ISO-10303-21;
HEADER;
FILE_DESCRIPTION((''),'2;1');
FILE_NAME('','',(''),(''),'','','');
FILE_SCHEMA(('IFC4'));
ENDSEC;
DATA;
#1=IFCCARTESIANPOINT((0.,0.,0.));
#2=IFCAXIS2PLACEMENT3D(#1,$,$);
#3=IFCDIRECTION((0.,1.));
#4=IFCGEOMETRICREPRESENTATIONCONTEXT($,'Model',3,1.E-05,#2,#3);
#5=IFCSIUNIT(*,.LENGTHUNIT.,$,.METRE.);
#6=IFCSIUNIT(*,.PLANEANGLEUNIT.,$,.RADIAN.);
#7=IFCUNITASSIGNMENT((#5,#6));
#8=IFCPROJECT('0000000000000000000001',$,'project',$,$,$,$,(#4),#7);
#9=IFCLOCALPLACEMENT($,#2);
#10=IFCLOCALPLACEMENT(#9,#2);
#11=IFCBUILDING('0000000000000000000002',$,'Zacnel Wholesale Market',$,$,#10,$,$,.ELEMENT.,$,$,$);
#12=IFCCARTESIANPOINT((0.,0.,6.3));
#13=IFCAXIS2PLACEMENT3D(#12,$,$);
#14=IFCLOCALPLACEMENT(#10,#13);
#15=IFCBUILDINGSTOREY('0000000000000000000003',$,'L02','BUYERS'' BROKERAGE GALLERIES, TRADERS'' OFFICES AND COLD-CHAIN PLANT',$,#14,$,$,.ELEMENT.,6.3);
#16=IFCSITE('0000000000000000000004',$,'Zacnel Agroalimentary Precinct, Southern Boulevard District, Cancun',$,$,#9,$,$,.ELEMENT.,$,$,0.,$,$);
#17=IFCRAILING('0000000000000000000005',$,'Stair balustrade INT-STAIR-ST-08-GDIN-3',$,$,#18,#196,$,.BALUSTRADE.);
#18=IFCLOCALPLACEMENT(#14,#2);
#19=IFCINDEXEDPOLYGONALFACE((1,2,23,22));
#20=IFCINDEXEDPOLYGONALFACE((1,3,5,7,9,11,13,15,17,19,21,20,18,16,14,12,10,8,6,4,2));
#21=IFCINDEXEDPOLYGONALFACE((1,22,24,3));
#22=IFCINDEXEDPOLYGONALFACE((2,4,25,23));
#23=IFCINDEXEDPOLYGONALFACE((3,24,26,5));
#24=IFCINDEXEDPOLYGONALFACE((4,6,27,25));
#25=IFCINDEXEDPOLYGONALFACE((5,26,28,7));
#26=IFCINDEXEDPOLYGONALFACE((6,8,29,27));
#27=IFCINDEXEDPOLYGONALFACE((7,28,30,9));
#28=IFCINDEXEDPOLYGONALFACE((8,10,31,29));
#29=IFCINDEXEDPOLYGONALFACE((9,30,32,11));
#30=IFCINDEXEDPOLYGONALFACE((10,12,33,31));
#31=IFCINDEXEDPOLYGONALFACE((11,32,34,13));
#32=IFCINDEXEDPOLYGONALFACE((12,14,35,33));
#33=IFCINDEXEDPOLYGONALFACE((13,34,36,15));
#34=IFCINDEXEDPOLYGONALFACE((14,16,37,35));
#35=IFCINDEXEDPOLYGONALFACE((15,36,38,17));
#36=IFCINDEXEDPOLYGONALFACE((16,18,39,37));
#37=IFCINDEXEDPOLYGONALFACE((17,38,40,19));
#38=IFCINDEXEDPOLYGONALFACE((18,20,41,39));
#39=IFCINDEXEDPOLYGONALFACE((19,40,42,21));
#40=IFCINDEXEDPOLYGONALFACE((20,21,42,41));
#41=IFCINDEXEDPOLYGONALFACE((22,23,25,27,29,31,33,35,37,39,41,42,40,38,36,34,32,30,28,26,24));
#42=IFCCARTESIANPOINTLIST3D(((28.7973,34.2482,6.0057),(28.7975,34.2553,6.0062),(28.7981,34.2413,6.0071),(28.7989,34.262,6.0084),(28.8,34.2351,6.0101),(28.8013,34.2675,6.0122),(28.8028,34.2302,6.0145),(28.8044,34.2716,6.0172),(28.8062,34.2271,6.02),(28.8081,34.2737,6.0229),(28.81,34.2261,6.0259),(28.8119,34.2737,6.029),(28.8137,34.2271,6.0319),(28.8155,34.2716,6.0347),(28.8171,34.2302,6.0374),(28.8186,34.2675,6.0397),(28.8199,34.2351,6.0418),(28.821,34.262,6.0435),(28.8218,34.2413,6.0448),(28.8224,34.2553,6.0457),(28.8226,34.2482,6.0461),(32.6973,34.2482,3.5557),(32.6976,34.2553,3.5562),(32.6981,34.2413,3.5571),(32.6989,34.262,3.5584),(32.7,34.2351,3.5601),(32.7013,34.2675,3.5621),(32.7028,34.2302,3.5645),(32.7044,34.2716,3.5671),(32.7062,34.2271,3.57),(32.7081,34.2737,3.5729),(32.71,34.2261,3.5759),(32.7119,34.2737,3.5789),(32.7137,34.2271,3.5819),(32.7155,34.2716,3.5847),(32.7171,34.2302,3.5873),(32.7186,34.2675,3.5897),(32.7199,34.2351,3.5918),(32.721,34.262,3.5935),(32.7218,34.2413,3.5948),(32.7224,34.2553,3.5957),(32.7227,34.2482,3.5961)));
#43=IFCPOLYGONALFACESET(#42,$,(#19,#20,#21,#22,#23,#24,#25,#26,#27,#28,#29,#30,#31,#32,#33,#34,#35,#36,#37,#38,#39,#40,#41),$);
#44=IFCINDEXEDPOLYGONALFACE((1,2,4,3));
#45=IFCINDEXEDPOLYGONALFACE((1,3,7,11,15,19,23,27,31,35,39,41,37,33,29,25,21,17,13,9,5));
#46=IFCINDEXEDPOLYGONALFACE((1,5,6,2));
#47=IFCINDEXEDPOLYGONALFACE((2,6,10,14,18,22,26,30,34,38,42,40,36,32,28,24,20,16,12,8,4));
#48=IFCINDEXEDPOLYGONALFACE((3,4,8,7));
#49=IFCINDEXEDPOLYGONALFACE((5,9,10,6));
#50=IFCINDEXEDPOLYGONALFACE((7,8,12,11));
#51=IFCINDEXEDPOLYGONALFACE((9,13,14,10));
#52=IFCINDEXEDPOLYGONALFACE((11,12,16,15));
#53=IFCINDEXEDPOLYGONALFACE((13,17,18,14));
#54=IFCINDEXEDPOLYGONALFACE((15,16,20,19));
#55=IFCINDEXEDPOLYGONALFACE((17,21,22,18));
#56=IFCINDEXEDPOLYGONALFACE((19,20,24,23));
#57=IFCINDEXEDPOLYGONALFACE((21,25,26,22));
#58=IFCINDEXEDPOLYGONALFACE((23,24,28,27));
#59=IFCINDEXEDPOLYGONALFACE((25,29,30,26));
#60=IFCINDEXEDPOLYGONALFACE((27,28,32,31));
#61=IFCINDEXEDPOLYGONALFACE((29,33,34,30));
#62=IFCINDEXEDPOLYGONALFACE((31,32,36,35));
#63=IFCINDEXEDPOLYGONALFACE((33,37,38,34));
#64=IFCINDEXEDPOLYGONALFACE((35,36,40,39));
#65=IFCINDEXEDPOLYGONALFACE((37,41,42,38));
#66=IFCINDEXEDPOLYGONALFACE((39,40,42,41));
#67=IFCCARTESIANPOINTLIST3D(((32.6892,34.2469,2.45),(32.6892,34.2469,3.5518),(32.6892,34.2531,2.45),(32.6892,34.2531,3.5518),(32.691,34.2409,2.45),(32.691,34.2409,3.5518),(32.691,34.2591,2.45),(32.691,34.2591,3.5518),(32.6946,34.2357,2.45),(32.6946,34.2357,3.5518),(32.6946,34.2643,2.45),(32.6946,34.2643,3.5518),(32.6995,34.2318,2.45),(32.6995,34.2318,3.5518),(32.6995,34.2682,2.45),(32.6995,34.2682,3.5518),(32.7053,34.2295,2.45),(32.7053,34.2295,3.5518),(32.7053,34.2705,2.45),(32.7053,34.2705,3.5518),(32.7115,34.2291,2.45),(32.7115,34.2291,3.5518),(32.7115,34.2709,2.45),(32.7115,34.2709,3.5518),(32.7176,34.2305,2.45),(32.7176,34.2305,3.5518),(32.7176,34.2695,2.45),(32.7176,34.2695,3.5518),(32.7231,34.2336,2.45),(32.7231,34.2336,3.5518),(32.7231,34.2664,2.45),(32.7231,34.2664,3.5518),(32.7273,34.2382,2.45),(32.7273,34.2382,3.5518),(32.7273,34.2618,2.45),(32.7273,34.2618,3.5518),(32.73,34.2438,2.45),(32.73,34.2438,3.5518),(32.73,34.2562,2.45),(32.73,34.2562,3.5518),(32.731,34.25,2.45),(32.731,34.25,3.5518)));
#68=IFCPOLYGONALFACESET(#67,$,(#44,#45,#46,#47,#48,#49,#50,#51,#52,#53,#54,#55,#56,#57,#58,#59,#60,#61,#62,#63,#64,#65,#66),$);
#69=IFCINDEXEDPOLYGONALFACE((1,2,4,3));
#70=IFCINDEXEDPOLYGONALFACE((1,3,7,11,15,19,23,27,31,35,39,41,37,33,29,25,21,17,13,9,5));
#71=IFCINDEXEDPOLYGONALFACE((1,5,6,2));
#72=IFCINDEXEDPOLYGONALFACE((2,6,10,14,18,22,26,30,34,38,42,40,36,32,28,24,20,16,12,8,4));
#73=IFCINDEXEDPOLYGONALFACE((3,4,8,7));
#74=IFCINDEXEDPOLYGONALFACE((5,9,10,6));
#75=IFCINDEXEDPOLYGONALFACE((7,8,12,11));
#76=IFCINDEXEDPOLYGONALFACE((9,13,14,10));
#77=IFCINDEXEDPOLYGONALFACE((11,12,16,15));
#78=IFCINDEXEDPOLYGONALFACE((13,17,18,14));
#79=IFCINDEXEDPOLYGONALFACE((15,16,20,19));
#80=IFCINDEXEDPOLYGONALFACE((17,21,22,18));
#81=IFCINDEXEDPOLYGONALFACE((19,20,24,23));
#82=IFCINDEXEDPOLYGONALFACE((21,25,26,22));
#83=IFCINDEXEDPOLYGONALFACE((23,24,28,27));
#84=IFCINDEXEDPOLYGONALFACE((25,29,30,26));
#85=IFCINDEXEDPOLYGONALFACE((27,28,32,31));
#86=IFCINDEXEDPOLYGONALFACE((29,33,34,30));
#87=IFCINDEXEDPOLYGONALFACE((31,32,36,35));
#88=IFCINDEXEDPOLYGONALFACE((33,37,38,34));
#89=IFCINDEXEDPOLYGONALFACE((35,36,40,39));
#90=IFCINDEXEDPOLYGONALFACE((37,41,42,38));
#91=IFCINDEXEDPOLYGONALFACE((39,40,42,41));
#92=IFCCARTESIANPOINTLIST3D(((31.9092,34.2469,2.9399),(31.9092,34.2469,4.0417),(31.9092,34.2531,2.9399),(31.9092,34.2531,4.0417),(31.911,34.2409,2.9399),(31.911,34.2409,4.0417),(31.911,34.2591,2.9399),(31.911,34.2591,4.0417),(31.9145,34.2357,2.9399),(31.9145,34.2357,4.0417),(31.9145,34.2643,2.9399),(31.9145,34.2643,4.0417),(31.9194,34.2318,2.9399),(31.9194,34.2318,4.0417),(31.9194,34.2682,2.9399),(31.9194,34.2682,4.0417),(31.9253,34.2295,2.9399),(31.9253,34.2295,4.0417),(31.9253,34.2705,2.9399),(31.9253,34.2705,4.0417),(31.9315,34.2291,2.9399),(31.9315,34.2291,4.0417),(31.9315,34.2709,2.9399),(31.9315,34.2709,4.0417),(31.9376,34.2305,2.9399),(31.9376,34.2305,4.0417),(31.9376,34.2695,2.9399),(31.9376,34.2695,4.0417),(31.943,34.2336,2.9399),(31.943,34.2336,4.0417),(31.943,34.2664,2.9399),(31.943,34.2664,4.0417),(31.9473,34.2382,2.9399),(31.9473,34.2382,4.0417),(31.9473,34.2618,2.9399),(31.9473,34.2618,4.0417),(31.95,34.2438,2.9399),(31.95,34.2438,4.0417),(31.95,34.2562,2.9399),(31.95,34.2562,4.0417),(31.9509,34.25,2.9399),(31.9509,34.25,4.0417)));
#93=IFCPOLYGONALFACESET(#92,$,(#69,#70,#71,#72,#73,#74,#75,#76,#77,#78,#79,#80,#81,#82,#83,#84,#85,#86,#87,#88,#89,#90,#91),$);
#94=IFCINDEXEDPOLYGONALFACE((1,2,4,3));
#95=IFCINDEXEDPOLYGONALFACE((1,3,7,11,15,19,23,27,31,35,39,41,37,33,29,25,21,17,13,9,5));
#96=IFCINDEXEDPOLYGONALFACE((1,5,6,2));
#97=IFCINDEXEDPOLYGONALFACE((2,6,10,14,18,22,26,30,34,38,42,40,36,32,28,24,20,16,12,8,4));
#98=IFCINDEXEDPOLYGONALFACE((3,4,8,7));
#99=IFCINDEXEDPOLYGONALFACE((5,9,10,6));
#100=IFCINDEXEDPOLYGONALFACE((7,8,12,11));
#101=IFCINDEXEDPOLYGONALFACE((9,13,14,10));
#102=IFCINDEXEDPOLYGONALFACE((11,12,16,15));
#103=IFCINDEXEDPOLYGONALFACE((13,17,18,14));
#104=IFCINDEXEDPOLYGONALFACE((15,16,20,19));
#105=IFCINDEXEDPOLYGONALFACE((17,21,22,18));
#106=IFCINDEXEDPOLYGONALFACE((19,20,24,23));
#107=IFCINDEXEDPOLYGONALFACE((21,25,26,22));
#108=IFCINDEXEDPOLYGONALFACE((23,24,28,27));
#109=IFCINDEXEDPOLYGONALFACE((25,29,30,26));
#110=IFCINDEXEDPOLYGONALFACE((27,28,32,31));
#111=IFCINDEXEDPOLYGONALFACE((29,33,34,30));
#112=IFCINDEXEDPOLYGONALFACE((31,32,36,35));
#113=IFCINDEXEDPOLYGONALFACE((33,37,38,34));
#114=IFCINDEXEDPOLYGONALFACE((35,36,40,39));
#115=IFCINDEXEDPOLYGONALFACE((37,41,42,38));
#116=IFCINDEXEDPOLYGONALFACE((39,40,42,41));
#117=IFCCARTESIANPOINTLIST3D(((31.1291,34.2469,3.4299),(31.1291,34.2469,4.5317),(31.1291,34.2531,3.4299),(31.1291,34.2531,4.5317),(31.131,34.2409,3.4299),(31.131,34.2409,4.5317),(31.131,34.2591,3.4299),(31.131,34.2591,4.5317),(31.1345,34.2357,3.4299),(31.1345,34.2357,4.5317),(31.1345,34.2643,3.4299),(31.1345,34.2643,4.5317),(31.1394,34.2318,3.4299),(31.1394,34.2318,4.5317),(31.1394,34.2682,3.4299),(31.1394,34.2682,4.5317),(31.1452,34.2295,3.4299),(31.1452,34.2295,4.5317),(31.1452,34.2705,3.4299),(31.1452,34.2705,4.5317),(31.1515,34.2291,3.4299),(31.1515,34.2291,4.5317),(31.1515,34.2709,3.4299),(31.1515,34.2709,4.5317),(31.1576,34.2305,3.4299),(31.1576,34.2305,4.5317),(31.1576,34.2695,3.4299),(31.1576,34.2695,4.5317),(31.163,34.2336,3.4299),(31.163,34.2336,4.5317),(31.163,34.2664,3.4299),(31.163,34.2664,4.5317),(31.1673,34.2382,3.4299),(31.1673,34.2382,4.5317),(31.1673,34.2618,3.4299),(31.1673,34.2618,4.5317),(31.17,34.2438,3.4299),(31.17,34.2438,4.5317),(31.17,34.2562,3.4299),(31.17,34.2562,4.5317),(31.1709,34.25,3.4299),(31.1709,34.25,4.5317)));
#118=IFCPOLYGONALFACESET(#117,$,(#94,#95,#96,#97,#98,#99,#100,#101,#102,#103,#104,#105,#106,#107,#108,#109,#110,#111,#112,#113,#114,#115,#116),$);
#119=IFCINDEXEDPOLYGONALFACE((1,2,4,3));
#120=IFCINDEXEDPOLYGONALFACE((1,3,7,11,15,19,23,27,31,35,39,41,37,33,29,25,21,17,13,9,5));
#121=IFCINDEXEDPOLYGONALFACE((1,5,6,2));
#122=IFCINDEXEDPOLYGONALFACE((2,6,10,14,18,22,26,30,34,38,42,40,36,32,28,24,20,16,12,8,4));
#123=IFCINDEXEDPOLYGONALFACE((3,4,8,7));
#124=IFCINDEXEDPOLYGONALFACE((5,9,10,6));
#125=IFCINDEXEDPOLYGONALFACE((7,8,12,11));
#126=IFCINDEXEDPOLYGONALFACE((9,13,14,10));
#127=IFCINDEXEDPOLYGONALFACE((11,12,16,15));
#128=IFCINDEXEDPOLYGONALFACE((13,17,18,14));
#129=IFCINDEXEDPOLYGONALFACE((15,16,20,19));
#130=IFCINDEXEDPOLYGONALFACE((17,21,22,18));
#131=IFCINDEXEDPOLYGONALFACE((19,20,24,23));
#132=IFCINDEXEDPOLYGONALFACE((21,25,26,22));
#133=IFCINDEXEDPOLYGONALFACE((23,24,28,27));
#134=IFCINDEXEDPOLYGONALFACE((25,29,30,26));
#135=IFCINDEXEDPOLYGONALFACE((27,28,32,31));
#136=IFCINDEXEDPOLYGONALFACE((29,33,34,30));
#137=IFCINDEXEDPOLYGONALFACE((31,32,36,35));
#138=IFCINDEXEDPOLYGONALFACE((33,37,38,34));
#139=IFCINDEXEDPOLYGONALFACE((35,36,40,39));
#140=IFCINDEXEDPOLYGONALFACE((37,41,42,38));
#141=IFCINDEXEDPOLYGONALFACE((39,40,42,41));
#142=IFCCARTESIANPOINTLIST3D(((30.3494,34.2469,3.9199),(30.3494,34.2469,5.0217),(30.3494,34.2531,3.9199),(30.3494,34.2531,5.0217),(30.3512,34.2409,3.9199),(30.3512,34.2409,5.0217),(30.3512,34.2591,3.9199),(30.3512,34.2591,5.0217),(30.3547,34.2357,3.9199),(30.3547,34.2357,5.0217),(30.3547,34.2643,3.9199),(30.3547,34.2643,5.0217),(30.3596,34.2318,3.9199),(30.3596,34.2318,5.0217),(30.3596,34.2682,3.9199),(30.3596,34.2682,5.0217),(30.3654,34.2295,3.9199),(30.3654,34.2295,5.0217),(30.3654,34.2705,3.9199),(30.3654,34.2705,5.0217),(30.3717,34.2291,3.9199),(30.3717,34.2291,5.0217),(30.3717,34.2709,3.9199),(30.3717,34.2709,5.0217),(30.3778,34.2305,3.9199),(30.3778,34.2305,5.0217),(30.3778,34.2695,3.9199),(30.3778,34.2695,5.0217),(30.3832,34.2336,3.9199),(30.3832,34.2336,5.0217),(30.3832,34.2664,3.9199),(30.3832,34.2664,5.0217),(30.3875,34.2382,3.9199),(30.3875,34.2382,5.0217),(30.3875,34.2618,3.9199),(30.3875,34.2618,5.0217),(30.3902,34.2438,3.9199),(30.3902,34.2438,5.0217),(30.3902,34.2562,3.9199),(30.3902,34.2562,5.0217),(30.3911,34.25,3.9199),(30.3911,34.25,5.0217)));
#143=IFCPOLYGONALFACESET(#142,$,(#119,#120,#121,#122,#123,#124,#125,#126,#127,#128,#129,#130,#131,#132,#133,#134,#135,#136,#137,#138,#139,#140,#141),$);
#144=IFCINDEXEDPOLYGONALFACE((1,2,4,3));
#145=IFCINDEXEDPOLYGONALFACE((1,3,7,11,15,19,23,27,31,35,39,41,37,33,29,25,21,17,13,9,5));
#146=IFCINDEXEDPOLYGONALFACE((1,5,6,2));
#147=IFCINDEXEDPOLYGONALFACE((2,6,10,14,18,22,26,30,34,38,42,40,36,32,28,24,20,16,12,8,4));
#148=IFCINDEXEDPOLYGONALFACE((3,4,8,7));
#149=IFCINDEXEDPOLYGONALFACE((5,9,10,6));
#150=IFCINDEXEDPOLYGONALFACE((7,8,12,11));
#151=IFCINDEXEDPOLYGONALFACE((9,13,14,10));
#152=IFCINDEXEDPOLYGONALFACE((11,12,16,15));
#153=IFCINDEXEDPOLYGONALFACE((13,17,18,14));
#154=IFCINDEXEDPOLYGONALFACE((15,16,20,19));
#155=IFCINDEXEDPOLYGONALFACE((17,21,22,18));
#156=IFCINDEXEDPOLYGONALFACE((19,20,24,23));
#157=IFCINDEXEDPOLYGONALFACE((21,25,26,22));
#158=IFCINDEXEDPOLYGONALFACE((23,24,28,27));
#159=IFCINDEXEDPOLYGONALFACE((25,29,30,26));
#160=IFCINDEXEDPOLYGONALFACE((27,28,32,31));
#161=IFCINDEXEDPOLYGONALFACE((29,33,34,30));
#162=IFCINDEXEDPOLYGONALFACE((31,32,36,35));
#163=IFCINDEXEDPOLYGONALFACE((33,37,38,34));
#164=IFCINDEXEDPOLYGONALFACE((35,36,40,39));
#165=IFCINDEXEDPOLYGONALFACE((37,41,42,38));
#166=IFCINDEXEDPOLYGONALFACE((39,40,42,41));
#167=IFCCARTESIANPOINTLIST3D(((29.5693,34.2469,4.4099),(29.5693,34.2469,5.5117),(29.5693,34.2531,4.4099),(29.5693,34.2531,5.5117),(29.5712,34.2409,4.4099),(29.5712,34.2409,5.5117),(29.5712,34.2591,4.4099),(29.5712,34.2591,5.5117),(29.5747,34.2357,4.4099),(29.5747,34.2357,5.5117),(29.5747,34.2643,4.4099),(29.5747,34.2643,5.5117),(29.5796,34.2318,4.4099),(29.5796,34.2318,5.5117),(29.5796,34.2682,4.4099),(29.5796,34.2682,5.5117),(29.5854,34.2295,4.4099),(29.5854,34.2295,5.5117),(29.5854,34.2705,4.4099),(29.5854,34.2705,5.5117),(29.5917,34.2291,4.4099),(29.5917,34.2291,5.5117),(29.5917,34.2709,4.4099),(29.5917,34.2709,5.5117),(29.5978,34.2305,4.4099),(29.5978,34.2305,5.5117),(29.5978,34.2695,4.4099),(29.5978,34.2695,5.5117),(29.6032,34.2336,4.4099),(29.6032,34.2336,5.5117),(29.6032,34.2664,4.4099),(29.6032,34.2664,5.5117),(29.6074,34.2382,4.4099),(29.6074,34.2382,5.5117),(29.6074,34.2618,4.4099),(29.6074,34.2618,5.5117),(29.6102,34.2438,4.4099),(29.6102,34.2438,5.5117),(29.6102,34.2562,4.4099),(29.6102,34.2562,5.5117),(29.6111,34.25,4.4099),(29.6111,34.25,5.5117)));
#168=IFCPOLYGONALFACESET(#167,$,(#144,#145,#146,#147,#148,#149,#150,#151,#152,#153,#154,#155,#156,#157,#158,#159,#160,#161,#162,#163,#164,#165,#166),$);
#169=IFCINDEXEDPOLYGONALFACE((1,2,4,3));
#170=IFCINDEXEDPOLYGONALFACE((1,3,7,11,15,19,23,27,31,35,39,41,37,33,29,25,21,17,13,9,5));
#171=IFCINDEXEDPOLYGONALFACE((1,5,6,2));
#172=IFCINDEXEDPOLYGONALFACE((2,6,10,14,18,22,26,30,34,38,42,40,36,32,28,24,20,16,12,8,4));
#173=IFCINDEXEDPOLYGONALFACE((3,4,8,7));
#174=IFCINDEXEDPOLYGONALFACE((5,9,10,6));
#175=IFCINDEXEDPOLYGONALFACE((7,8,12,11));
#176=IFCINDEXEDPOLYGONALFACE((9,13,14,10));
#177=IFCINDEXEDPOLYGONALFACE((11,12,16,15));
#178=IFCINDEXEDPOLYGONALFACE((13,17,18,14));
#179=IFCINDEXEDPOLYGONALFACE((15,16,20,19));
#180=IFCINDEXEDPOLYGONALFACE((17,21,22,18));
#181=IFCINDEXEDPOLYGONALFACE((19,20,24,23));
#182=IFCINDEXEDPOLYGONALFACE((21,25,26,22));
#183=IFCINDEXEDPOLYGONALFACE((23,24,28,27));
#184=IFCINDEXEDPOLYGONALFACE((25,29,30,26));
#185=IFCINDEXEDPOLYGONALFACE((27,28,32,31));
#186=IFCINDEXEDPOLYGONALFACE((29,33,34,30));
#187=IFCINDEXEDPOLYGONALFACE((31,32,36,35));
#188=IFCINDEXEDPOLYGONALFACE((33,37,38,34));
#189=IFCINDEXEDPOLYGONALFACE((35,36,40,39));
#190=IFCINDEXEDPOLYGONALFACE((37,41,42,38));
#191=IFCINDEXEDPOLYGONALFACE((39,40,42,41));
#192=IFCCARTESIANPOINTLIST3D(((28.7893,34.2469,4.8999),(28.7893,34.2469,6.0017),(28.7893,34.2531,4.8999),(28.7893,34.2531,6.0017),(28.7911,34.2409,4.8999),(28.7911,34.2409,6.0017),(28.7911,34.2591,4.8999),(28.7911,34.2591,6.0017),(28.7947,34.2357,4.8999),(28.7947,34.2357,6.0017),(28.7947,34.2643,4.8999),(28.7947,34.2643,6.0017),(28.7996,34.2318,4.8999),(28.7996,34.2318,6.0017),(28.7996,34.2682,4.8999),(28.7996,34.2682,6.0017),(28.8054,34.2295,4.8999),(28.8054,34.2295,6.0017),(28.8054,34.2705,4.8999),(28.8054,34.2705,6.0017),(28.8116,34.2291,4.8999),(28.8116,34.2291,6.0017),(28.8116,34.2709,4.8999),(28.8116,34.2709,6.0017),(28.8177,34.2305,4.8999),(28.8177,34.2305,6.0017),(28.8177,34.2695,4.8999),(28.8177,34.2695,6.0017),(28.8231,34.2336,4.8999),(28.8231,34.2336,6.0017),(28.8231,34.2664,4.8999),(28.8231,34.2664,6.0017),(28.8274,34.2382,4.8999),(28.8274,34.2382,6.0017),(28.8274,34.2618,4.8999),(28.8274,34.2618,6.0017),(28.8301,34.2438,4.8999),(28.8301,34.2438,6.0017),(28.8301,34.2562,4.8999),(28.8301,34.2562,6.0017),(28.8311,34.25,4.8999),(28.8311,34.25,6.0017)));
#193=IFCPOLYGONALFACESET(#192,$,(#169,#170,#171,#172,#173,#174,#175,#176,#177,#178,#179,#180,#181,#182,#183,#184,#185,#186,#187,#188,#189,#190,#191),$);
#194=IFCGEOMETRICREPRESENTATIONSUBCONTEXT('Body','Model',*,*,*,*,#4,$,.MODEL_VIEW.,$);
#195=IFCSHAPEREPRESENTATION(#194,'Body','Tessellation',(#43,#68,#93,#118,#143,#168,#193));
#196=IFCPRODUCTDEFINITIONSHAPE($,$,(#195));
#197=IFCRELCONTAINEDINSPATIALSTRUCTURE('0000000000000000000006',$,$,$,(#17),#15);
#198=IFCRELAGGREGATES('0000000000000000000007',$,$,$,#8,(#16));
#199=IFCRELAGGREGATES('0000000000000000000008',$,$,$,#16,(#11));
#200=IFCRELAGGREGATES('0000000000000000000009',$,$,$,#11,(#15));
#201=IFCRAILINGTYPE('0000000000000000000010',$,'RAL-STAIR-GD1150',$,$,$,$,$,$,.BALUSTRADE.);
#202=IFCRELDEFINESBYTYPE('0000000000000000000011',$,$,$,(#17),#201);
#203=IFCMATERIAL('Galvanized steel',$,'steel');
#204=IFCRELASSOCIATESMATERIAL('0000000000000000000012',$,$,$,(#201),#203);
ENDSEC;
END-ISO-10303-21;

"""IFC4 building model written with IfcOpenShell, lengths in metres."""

from ifc_helpers import new_model, si_unit, direction, frame, origin, origin_2d, place, context, subcontext, project, spatial, circle, extrude, material, type_object, element, save


model = new_model("IFC4")

# Units and contexts
model_context = context("Model", 3, precision=1e-05, world=origin(), true_north=direction((0.0, 1.0)))
body_context = subcontext(model_context, "Body", "Model", "MODEL_VIEW")
ifc_project = project(units=[si_unit("LENGTHUNIT", "METRE"), si_unit("PLANEANGLEUNIT", "RADIAN")], contexts=[model_context])

# Site, building, storey
site_placement = place(None, origin())
site = spatial("IfcSite", under=ifc_project, at=site_placement, Name="Zacnel Agroalimentary Precinct, Southern Boulevard District, Cancun", CompositionType="ELEMENT", RefElevation=0.0)
building_placement = place(site_placement, origin())
building = spatial("IfcBuilding", under=site, at=building_placement, Name="Zacnel Wholesale Market", CompositionType="ELEMENT")
storey_placement = place(building_placement, frame((0.0, 0.0, 6.3)))
storey = spatial("IfcBuildingStorey", under=building, at=storey_placement, Name="L02", Description="BUYERS' BROKERAGE GALLERIES, TRADERS' OFFICES AND COLD-CHAIN PLANT", CompositionType="ELEMENT", Elevation=6.3)

# Railing
ifc_material_1 = material(Name="Galvanized steel", Category="steel")
railing_type = type_object("IfcRailingType", Name="RAL-STAIR-GD1150", PredefinedType="BALUSTRADE", material=ifc_material_1)
railing_1_placement = place(storey_placement, frame((32.71, 34.25, 2.45)))
element("IfcRailing", 1, at=railing_1_placement, inside=storey, type_object=railing_type, Name="Stair balustrade INT-STAIR-ST-08-GDIN-3", PredefinedType="BALUSTRADE", context=body_context, shape_type="SweptSolid", body=[
    extrude(circle(Radius=0.0239, at=origin_2d()), frame((0.0, 0.0, 1.126), z_axis=(-0.846775, 0.0, 0.531951), x_axis=(0.0, -1.0, 0.0)), (0.0, 0.0, 1.0), 4.6057),
    extrude(circle(Radius=0.021, at=origin_2d()), origin(), (0.0, 0.0, 1.0), 1.1018),
    extrude(circle(Radius=0.021, at=origin_2d()), frame((-0.78, 0.0, 0.49)), (0.0, 0.0, 1.0), 1.1018),
    extrude(circle(Radius=0.021, at=origin_2d()), frame((-1.5601, 0.0, 0.98)), (0.0, 0.0, 1.0), 1.1018),
    extrude(circle(Radius=0.021, at=origin_2d()), frame((-2.3398, 0.0, 1.47)), (0.0, 0.0, 1.0), 1.1018),
    extrude(circle(Radius=0.021, at=origin_2d()), frame((-3.1199, 0.0, 1.96)), (0.0, 0.0, 1.0), 1.1018),
    extrude(circle(Radius=0.021, at=origin_2d()), frame((-3.8999, 0.0, 2.45)), (0.0, 0.0, 1.0), 1.1018),
])

save(model, "model.ifc")
